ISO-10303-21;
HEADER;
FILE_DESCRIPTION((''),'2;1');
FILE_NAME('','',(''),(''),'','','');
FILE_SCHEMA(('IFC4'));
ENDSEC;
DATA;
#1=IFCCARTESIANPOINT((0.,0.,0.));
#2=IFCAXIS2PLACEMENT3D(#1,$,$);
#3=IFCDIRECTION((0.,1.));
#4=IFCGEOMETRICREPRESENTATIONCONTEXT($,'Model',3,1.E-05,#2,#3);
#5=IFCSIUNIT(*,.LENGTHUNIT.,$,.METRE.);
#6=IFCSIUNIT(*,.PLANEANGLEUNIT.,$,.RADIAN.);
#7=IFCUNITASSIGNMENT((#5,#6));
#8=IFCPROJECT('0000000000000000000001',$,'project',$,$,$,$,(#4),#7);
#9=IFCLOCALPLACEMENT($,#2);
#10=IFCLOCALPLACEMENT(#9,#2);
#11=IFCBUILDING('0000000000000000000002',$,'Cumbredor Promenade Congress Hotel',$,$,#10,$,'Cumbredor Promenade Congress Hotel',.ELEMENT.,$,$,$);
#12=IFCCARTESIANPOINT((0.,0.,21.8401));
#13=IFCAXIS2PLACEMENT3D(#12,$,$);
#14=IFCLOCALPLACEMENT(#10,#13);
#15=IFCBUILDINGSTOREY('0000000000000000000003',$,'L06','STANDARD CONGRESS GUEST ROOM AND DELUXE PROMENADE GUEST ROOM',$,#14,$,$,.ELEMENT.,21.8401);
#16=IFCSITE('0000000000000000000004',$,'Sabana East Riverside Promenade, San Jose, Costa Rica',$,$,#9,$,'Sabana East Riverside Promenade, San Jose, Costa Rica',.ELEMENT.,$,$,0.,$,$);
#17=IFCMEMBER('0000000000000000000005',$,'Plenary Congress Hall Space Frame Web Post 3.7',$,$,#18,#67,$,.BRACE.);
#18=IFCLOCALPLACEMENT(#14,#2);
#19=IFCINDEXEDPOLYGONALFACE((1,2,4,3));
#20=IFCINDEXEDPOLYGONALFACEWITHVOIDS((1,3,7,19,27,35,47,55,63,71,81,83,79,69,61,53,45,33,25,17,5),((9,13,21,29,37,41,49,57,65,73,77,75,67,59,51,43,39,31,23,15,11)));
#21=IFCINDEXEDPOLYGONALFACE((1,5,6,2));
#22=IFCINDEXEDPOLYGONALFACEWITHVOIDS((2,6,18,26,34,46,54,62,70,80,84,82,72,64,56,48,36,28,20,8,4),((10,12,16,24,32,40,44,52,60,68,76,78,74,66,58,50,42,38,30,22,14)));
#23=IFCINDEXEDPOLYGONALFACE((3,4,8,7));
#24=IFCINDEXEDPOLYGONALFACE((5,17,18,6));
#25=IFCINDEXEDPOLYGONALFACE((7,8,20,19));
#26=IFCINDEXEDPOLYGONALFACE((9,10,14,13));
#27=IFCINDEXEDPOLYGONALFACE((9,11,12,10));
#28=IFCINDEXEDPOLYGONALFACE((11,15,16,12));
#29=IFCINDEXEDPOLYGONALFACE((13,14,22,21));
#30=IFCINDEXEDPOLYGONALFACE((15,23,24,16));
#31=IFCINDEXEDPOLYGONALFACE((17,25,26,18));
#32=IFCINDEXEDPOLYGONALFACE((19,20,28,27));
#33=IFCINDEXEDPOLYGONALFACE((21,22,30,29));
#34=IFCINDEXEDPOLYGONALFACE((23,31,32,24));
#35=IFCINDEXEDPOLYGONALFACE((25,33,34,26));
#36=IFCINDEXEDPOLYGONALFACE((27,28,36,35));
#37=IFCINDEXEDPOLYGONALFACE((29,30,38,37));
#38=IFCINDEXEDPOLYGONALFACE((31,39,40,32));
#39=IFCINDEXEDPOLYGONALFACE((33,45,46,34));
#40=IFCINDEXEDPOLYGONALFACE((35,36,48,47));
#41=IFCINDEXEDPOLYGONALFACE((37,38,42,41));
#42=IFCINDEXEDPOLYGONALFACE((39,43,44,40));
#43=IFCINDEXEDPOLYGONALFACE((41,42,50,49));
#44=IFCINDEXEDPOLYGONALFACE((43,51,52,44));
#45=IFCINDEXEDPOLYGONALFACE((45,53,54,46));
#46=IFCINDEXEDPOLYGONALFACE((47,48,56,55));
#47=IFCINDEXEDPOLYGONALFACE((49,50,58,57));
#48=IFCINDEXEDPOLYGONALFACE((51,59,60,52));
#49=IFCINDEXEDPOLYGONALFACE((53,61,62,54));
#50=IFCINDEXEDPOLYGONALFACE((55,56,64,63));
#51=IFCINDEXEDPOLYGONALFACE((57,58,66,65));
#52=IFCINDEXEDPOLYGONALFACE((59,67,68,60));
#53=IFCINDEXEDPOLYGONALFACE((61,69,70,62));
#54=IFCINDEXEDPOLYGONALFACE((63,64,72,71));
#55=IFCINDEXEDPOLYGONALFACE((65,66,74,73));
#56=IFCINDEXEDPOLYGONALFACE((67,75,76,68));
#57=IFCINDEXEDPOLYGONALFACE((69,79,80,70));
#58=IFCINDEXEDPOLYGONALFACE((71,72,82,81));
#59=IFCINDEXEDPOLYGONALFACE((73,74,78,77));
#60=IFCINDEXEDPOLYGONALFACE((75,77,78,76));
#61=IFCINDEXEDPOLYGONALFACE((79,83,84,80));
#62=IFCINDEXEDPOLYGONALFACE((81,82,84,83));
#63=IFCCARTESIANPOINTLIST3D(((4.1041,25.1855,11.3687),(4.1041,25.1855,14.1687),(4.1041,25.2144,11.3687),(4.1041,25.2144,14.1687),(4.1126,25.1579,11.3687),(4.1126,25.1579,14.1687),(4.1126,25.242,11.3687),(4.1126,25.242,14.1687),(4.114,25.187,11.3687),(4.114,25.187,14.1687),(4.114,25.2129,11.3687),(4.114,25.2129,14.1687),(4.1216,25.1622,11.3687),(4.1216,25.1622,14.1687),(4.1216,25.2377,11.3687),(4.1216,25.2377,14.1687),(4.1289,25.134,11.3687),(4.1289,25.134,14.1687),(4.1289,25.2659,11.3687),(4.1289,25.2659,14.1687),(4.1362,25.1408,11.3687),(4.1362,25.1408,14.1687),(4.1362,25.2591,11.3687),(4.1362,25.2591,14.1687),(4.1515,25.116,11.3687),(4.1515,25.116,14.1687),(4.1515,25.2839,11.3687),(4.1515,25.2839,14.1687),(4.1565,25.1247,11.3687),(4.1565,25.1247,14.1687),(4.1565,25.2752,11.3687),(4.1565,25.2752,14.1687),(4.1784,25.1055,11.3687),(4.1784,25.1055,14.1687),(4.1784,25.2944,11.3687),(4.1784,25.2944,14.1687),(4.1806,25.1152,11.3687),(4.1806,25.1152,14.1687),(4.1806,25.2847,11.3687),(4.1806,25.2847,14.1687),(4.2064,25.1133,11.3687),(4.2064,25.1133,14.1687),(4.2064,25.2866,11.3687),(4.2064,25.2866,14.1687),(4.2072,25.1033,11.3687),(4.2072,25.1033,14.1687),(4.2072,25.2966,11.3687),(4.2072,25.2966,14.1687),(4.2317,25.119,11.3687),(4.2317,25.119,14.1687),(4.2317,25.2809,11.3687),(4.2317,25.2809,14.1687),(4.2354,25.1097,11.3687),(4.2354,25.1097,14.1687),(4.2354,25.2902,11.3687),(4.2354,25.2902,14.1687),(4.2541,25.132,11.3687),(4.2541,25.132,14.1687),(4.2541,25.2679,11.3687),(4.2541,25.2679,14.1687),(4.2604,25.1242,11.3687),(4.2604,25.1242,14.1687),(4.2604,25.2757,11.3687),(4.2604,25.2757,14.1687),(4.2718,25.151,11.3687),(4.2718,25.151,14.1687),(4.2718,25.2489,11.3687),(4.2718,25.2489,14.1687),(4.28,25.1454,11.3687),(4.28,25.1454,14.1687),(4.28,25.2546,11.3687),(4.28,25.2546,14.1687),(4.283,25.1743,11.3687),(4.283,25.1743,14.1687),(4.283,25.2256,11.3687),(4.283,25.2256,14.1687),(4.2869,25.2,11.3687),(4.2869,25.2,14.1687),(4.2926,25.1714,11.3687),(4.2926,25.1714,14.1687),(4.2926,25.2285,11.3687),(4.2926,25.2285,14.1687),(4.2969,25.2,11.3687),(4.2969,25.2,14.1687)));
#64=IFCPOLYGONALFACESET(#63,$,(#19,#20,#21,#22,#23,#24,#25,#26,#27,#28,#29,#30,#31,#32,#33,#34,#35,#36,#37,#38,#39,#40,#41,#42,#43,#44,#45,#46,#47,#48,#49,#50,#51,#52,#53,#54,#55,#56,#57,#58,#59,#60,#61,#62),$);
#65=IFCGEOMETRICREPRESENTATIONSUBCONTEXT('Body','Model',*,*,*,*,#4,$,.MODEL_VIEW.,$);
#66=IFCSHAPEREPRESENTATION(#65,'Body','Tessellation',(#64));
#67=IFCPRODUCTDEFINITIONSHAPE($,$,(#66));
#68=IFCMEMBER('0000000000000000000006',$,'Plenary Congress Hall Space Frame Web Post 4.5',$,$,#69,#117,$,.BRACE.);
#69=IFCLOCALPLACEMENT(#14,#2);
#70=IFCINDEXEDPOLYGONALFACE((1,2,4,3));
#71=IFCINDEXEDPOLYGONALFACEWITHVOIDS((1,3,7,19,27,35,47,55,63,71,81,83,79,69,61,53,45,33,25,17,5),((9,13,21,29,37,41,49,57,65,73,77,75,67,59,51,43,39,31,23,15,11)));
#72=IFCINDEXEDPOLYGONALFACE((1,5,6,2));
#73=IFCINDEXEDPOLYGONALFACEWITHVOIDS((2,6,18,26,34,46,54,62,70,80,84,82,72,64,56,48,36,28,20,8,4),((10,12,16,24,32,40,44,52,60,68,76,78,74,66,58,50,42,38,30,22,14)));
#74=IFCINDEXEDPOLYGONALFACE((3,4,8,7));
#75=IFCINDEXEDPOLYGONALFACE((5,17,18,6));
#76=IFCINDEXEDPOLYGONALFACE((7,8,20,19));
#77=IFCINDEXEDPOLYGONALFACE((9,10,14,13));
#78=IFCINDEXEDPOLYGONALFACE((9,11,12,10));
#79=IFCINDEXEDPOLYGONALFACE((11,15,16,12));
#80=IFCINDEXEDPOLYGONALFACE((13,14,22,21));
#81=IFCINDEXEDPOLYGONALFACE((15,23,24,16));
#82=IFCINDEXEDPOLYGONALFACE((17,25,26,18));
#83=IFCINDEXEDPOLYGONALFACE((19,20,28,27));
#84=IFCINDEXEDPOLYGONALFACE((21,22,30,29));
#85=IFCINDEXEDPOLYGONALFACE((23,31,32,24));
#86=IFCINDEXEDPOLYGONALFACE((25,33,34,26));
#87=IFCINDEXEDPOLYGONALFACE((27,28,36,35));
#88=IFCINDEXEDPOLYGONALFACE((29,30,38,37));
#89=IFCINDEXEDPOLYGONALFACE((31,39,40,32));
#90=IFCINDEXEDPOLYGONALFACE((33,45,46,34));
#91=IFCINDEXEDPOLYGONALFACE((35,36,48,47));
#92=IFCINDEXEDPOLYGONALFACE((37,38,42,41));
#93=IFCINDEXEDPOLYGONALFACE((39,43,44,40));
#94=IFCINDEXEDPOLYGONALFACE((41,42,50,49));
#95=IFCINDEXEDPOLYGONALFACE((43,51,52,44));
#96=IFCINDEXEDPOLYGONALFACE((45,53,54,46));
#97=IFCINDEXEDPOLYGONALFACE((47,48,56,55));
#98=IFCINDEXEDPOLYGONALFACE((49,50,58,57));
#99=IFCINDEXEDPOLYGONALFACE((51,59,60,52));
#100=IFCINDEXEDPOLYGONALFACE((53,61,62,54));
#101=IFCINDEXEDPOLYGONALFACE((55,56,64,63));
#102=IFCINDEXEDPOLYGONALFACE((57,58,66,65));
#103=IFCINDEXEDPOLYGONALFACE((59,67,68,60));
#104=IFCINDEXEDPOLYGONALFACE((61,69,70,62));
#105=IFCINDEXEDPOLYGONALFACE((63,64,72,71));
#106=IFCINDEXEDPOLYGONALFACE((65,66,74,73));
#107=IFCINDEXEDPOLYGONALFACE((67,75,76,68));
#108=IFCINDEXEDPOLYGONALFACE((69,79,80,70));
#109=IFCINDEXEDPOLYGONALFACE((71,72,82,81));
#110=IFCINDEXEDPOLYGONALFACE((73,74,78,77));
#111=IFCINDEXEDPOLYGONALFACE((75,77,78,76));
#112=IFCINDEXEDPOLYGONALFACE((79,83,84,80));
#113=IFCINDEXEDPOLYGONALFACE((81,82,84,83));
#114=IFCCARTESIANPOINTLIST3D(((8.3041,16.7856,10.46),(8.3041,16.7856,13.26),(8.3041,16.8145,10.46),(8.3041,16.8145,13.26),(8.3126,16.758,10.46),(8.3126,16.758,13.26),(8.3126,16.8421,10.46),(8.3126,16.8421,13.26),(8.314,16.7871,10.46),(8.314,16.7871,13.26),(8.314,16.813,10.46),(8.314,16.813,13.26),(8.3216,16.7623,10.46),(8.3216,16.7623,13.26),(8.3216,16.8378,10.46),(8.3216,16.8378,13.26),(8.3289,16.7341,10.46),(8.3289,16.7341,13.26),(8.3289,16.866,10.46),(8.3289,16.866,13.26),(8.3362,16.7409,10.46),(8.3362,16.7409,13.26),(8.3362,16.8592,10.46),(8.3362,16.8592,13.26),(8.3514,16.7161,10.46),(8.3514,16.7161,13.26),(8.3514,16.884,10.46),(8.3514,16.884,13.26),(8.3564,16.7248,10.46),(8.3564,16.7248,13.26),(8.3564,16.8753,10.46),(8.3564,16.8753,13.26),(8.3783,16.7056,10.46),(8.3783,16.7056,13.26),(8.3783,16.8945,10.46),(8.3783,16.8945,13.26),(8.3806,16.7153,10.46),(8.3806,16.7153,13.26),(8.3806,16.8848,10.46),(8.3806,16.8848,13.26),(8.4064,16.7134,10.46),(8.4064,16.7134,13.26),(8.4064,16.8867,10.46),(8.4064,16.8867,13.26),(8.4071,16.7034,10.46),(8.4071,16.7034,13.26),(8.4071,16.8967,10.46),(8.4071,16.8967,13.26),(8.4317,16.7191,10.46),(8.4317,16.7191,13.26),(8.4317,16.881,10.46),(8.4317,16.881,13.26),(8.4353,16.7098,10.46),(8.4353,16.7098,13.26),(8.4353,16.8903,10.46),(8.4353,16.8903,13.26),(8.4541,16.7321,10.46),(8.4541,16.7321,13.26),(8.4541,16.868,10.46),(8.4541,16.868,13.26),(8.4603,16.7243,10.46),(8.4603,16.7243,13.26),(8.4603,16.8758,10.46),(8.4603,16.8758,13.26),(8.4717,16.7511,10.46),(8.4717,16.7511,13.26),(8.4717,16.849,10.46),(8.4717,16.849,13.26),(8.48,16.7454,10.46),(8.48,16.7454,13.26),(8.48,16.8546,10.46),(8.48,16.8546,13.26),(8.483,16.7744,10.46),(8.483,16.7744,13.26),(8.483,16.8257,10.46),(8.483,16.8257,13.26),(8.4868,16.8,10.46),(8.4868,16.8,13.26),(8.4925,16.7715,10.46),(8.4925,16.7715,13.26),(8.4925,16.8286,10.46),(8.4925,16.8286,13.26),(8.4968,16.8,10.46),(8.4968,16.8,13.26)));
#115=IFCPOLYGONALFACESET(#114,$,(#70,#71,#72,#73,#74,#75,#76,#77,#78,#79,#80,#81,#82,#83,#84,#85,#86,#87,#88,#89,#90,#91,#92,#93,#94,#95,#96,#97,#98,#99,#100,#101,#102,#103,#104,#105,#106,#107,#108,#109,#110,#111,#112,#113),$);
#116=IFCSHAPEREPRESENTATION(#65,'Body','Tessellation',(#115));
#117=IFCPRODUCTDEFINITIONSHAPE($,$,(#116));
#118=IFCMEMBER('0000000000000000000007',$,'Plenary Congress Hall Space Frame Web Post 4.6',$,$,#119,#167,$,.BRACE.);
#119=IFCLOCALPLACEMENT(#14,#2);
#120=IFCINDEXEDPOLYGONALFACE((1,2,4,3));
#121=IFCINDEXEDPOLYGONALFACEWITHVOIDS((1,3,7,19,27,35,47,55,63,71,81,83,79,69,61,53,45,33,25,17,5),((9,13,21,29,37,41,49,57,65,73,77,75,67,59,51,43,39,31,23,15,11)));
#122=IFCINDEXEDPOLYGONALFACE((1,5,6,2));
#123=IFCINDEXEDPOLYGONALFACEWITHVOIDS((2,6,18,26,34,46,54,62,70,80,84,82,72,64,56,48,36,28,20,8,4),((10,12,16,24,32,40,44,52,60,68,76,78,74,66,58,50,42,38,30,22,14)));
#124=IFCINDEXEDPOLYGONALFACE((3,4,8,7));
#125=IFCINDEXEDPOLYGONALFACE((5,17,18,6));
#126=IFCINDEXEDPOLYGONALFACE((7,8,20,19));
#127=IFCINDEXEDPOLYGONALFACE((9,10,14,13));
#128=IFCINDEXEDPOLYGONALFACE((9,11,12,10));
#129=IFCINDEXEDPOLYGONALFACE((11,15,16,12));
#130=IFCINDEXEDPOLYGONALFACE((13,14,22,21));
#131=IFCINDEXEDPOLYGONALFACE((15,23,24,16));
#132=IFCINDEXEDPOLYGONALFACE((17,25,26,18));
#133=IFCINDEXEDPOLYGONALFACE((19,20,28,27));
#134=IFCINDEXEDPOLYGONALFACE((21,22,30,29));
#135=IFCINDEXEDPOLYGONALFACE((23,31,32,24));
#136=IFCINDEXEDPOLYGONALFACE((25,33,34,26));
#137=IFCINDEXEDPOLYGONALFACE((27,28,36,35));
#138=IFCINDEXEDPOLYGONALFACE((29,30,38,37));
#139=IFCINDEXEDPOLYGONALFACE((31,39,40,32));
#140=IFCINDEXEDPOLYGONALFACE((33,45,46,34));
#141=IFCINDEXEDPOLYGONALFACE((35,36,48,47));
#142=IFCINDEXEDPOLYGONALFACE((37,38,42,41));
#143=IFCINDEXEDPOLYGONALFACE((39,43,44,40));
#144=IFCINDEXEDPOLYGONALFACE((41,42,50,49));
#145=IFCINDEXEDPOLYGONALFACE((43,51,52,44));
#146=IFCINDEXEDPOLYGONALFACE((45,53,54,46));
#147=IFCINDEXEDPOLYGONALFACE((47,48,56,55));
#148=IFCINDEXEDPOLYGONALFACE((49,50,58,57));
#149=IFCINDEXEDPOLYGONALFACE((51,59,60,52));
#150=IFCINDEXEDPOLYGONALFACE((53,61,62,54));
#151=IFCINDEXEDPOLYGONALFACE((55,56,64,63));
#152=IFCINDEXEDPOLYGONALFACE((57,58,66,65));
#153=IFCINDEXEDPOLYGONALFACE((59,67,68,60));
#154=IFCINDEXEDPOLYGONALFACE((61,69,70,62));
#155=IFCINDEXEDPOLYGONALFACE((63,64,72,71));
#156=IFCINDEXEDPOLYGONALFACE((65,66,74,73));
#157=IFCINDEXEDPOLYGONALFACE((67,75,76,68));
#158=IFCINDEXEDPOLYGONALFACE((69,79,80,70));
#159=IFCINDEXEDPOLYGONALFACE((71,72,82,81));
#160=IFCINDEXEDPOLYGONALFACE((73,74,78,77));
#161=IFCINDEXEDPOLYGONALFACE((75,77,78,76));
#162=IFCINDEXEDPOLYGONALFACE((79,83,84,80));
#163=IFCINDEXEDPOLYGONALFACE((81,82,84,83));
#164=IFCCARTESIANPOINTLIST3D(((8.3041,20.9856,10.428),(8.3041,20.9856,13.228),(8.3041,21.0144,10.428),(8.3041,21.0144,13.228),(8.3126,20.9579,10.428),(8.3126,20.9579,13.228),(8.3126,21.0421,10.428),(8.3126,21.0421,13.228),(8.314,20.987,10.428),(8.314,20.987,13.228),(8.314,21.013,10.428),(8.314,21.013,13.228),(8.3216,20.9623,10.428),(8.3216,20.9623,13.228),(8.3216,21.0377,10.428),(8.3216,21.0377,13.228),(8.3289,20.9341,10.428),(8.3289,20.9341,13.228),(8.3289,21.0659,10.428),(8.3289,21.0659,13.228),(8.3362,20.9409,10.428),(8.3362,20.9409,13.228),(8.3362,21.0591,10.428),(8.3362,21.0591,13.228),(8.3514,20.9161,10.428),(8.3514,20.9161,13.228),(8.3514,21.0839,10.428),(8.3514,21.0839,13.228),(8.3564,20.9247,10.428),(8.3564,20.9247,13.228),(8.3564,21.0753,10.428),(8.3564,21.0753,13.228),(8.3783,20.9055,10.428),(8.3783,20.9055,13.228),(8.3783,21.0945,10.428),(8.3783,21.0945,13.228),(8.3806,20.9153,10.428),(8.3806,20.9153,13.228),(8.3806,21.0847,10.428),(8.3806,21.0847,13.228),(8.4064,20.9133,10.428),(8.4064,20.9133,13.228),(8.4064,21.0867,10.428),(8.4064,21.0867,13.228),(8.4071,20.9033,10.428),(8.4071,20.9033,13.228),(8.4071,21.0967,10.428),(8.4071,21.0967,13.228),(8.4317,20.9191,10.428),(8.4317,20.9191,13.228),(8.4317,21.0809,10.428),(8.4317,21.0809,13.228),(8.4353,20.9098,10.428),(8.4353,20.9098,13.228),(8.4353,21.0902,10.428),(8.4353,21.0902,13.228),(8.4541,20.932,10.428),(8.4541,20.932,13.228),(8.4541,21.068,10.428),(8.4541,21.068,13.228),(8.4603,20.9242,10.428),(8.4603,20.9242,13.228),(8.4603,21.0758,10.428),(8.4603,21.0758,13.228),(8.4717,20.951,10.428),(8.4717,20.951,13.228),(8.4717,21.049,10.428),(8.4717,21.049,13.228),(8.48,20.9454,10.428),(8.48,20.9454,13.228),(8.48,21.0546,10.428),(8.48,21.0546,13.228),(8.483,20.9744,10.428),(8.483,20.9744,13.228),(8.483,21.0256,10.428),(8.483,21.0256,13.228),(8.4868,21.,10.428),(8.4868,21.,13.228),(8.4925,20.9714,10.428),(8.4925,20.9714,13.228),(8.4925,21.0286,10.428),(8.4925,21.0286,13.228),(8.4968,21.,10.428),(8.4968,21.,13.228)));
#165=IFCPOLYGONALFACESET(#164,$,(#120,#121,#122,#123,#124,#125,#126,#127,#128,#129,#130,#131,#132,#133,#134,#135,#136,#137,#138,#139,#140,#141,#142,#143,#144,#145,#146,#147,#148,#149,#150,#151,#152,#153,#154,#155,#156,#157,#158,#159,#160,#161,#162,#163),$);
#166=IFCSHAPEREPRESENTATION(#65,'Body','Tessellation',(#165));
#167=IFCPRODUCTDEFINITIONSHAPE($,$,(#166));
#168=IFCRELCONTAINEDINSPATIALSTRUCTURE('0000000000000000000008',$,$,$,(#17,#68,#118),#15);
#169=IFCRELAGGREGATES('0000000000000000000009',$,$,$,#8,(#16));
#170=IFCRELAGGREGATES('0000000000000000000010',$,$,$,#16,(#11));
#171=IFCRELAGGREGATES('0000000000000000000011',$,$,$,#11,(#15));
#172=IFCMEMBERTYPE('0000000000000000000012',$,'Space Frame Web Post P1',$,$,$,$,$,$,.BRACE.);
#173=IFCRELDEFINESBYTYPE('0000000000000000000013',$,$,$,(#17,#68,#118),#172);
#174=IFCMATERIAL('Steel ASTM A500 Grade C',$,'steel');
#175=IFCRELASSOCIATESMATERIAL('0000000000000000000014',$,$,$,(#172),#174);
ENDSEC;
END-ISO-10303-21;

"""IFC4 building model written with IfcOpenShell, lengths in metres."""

from ifc_helpers import new_model, si_unit, direction, frame, origin, origin_2d, place, context, subcontext, project, spatial, hollow_circle, extrude, material, material_profile, profile_set, type_object, element, save


model = new_model("IFC4")

# Units and contexts
model_context = context("Model", 3, precision=1e-05, world=origin(), true_north=direction((0.0, 1.0)))
body_context = subcontext(model_context, "Body", "Model", "MODEL_VIEW")
ifc_project = project(units=[si_unit("LENGTHUNIT", "METRE"), si_unit("PLANEANGLEUNIT", "RADIAN")], contexts=[model_context])

# Site, building, storey
site_placement = place(None, origin())
site = spatial("IfcSite", under=ifc_project, at=site_placement, Name="Sabana East Riverside Promenade, San Jose, Costa Rica", LongName="Sabana East Riverside Promenade, San Jose, Costa Rica", CompositionType="ELEMENT", RefElevation=0.0)
building_placement = place(site_placement, origin())
building = spatial("IfcBuilding", under=site, at=building_placement, Name="Cumbredor Promenade Congress Hotel", LongName="Cumbredor Promenade Congress Hotel", CompositionType="ELEMENT")
storey_placement = place(building_placement, frame((0.0, 0.0, 21.8401)))
storey = spatial("IfcBuildingStorey", under=building, at=storey_placement, Name="L06", Description="STANDARD CONGRESS GUEST ROOM AND DELUXE PROMENADE GUEST ROOM", CompositionType="ELEMENT", Elevation=21.8401)

# Members
ifc_material_1 = material(Name="Steel ASTM A500 Grade C", Category="steel")
ifc_material_profile_1 = material_profile(ifc_material_1, hollow_circle(Radius=0.0969, WallThickness=0.01, at=origin_2d()), Name="CHS 193.7x10")
ifc_profile_set_1 = profile_set([ifc_material_profile_1], Name="Steel ASTM A500 Grade C")
member_type_1 = type_object("IfcMemberType", Name="Space Frame Web Post P1", PredefinedType="BRACE", material=ifc_profile_set_1)
for number, where, z_axis, x_axis, name in (
    (1, (4.2, 25.2, 11.3687), (0.0, 0.0, 1.0), (1.0, 0.0, 0.0), "Plenary Congress Hall Space Frame Web Post 3.7"),
    (2, (8.3999, 16.8, 10.46), (0.0, 0.0, 1.0), (1.0, 0.0, 0.0), "Plenary Congress Hall Space Frame Web Post 4.5"),
    (3, (8.3999, 21.0, 10.428), (0.0, 0.0, 1.0), (1.0, 0.0, 0.0), "Plenary Congress Hall Space Frame Web Post 4.6"),
):
    element("IfcMember", number, at=place(storey_placement, frame(where, z_axis=z_axis, x_axis=x_axis)), inside=storey, type_object=member_type_1, Name=name, PredefinedType="BRACE", context=body_context, shape_type="SweptSolid", body=[
        extrude(hollow_circle(Radius=0.0969, WallThickness=0.01, at=origin_2d()), origin(), (0.0, 0.0, 1.0), 2.8),
    ])

save(model, "model.ifc")
